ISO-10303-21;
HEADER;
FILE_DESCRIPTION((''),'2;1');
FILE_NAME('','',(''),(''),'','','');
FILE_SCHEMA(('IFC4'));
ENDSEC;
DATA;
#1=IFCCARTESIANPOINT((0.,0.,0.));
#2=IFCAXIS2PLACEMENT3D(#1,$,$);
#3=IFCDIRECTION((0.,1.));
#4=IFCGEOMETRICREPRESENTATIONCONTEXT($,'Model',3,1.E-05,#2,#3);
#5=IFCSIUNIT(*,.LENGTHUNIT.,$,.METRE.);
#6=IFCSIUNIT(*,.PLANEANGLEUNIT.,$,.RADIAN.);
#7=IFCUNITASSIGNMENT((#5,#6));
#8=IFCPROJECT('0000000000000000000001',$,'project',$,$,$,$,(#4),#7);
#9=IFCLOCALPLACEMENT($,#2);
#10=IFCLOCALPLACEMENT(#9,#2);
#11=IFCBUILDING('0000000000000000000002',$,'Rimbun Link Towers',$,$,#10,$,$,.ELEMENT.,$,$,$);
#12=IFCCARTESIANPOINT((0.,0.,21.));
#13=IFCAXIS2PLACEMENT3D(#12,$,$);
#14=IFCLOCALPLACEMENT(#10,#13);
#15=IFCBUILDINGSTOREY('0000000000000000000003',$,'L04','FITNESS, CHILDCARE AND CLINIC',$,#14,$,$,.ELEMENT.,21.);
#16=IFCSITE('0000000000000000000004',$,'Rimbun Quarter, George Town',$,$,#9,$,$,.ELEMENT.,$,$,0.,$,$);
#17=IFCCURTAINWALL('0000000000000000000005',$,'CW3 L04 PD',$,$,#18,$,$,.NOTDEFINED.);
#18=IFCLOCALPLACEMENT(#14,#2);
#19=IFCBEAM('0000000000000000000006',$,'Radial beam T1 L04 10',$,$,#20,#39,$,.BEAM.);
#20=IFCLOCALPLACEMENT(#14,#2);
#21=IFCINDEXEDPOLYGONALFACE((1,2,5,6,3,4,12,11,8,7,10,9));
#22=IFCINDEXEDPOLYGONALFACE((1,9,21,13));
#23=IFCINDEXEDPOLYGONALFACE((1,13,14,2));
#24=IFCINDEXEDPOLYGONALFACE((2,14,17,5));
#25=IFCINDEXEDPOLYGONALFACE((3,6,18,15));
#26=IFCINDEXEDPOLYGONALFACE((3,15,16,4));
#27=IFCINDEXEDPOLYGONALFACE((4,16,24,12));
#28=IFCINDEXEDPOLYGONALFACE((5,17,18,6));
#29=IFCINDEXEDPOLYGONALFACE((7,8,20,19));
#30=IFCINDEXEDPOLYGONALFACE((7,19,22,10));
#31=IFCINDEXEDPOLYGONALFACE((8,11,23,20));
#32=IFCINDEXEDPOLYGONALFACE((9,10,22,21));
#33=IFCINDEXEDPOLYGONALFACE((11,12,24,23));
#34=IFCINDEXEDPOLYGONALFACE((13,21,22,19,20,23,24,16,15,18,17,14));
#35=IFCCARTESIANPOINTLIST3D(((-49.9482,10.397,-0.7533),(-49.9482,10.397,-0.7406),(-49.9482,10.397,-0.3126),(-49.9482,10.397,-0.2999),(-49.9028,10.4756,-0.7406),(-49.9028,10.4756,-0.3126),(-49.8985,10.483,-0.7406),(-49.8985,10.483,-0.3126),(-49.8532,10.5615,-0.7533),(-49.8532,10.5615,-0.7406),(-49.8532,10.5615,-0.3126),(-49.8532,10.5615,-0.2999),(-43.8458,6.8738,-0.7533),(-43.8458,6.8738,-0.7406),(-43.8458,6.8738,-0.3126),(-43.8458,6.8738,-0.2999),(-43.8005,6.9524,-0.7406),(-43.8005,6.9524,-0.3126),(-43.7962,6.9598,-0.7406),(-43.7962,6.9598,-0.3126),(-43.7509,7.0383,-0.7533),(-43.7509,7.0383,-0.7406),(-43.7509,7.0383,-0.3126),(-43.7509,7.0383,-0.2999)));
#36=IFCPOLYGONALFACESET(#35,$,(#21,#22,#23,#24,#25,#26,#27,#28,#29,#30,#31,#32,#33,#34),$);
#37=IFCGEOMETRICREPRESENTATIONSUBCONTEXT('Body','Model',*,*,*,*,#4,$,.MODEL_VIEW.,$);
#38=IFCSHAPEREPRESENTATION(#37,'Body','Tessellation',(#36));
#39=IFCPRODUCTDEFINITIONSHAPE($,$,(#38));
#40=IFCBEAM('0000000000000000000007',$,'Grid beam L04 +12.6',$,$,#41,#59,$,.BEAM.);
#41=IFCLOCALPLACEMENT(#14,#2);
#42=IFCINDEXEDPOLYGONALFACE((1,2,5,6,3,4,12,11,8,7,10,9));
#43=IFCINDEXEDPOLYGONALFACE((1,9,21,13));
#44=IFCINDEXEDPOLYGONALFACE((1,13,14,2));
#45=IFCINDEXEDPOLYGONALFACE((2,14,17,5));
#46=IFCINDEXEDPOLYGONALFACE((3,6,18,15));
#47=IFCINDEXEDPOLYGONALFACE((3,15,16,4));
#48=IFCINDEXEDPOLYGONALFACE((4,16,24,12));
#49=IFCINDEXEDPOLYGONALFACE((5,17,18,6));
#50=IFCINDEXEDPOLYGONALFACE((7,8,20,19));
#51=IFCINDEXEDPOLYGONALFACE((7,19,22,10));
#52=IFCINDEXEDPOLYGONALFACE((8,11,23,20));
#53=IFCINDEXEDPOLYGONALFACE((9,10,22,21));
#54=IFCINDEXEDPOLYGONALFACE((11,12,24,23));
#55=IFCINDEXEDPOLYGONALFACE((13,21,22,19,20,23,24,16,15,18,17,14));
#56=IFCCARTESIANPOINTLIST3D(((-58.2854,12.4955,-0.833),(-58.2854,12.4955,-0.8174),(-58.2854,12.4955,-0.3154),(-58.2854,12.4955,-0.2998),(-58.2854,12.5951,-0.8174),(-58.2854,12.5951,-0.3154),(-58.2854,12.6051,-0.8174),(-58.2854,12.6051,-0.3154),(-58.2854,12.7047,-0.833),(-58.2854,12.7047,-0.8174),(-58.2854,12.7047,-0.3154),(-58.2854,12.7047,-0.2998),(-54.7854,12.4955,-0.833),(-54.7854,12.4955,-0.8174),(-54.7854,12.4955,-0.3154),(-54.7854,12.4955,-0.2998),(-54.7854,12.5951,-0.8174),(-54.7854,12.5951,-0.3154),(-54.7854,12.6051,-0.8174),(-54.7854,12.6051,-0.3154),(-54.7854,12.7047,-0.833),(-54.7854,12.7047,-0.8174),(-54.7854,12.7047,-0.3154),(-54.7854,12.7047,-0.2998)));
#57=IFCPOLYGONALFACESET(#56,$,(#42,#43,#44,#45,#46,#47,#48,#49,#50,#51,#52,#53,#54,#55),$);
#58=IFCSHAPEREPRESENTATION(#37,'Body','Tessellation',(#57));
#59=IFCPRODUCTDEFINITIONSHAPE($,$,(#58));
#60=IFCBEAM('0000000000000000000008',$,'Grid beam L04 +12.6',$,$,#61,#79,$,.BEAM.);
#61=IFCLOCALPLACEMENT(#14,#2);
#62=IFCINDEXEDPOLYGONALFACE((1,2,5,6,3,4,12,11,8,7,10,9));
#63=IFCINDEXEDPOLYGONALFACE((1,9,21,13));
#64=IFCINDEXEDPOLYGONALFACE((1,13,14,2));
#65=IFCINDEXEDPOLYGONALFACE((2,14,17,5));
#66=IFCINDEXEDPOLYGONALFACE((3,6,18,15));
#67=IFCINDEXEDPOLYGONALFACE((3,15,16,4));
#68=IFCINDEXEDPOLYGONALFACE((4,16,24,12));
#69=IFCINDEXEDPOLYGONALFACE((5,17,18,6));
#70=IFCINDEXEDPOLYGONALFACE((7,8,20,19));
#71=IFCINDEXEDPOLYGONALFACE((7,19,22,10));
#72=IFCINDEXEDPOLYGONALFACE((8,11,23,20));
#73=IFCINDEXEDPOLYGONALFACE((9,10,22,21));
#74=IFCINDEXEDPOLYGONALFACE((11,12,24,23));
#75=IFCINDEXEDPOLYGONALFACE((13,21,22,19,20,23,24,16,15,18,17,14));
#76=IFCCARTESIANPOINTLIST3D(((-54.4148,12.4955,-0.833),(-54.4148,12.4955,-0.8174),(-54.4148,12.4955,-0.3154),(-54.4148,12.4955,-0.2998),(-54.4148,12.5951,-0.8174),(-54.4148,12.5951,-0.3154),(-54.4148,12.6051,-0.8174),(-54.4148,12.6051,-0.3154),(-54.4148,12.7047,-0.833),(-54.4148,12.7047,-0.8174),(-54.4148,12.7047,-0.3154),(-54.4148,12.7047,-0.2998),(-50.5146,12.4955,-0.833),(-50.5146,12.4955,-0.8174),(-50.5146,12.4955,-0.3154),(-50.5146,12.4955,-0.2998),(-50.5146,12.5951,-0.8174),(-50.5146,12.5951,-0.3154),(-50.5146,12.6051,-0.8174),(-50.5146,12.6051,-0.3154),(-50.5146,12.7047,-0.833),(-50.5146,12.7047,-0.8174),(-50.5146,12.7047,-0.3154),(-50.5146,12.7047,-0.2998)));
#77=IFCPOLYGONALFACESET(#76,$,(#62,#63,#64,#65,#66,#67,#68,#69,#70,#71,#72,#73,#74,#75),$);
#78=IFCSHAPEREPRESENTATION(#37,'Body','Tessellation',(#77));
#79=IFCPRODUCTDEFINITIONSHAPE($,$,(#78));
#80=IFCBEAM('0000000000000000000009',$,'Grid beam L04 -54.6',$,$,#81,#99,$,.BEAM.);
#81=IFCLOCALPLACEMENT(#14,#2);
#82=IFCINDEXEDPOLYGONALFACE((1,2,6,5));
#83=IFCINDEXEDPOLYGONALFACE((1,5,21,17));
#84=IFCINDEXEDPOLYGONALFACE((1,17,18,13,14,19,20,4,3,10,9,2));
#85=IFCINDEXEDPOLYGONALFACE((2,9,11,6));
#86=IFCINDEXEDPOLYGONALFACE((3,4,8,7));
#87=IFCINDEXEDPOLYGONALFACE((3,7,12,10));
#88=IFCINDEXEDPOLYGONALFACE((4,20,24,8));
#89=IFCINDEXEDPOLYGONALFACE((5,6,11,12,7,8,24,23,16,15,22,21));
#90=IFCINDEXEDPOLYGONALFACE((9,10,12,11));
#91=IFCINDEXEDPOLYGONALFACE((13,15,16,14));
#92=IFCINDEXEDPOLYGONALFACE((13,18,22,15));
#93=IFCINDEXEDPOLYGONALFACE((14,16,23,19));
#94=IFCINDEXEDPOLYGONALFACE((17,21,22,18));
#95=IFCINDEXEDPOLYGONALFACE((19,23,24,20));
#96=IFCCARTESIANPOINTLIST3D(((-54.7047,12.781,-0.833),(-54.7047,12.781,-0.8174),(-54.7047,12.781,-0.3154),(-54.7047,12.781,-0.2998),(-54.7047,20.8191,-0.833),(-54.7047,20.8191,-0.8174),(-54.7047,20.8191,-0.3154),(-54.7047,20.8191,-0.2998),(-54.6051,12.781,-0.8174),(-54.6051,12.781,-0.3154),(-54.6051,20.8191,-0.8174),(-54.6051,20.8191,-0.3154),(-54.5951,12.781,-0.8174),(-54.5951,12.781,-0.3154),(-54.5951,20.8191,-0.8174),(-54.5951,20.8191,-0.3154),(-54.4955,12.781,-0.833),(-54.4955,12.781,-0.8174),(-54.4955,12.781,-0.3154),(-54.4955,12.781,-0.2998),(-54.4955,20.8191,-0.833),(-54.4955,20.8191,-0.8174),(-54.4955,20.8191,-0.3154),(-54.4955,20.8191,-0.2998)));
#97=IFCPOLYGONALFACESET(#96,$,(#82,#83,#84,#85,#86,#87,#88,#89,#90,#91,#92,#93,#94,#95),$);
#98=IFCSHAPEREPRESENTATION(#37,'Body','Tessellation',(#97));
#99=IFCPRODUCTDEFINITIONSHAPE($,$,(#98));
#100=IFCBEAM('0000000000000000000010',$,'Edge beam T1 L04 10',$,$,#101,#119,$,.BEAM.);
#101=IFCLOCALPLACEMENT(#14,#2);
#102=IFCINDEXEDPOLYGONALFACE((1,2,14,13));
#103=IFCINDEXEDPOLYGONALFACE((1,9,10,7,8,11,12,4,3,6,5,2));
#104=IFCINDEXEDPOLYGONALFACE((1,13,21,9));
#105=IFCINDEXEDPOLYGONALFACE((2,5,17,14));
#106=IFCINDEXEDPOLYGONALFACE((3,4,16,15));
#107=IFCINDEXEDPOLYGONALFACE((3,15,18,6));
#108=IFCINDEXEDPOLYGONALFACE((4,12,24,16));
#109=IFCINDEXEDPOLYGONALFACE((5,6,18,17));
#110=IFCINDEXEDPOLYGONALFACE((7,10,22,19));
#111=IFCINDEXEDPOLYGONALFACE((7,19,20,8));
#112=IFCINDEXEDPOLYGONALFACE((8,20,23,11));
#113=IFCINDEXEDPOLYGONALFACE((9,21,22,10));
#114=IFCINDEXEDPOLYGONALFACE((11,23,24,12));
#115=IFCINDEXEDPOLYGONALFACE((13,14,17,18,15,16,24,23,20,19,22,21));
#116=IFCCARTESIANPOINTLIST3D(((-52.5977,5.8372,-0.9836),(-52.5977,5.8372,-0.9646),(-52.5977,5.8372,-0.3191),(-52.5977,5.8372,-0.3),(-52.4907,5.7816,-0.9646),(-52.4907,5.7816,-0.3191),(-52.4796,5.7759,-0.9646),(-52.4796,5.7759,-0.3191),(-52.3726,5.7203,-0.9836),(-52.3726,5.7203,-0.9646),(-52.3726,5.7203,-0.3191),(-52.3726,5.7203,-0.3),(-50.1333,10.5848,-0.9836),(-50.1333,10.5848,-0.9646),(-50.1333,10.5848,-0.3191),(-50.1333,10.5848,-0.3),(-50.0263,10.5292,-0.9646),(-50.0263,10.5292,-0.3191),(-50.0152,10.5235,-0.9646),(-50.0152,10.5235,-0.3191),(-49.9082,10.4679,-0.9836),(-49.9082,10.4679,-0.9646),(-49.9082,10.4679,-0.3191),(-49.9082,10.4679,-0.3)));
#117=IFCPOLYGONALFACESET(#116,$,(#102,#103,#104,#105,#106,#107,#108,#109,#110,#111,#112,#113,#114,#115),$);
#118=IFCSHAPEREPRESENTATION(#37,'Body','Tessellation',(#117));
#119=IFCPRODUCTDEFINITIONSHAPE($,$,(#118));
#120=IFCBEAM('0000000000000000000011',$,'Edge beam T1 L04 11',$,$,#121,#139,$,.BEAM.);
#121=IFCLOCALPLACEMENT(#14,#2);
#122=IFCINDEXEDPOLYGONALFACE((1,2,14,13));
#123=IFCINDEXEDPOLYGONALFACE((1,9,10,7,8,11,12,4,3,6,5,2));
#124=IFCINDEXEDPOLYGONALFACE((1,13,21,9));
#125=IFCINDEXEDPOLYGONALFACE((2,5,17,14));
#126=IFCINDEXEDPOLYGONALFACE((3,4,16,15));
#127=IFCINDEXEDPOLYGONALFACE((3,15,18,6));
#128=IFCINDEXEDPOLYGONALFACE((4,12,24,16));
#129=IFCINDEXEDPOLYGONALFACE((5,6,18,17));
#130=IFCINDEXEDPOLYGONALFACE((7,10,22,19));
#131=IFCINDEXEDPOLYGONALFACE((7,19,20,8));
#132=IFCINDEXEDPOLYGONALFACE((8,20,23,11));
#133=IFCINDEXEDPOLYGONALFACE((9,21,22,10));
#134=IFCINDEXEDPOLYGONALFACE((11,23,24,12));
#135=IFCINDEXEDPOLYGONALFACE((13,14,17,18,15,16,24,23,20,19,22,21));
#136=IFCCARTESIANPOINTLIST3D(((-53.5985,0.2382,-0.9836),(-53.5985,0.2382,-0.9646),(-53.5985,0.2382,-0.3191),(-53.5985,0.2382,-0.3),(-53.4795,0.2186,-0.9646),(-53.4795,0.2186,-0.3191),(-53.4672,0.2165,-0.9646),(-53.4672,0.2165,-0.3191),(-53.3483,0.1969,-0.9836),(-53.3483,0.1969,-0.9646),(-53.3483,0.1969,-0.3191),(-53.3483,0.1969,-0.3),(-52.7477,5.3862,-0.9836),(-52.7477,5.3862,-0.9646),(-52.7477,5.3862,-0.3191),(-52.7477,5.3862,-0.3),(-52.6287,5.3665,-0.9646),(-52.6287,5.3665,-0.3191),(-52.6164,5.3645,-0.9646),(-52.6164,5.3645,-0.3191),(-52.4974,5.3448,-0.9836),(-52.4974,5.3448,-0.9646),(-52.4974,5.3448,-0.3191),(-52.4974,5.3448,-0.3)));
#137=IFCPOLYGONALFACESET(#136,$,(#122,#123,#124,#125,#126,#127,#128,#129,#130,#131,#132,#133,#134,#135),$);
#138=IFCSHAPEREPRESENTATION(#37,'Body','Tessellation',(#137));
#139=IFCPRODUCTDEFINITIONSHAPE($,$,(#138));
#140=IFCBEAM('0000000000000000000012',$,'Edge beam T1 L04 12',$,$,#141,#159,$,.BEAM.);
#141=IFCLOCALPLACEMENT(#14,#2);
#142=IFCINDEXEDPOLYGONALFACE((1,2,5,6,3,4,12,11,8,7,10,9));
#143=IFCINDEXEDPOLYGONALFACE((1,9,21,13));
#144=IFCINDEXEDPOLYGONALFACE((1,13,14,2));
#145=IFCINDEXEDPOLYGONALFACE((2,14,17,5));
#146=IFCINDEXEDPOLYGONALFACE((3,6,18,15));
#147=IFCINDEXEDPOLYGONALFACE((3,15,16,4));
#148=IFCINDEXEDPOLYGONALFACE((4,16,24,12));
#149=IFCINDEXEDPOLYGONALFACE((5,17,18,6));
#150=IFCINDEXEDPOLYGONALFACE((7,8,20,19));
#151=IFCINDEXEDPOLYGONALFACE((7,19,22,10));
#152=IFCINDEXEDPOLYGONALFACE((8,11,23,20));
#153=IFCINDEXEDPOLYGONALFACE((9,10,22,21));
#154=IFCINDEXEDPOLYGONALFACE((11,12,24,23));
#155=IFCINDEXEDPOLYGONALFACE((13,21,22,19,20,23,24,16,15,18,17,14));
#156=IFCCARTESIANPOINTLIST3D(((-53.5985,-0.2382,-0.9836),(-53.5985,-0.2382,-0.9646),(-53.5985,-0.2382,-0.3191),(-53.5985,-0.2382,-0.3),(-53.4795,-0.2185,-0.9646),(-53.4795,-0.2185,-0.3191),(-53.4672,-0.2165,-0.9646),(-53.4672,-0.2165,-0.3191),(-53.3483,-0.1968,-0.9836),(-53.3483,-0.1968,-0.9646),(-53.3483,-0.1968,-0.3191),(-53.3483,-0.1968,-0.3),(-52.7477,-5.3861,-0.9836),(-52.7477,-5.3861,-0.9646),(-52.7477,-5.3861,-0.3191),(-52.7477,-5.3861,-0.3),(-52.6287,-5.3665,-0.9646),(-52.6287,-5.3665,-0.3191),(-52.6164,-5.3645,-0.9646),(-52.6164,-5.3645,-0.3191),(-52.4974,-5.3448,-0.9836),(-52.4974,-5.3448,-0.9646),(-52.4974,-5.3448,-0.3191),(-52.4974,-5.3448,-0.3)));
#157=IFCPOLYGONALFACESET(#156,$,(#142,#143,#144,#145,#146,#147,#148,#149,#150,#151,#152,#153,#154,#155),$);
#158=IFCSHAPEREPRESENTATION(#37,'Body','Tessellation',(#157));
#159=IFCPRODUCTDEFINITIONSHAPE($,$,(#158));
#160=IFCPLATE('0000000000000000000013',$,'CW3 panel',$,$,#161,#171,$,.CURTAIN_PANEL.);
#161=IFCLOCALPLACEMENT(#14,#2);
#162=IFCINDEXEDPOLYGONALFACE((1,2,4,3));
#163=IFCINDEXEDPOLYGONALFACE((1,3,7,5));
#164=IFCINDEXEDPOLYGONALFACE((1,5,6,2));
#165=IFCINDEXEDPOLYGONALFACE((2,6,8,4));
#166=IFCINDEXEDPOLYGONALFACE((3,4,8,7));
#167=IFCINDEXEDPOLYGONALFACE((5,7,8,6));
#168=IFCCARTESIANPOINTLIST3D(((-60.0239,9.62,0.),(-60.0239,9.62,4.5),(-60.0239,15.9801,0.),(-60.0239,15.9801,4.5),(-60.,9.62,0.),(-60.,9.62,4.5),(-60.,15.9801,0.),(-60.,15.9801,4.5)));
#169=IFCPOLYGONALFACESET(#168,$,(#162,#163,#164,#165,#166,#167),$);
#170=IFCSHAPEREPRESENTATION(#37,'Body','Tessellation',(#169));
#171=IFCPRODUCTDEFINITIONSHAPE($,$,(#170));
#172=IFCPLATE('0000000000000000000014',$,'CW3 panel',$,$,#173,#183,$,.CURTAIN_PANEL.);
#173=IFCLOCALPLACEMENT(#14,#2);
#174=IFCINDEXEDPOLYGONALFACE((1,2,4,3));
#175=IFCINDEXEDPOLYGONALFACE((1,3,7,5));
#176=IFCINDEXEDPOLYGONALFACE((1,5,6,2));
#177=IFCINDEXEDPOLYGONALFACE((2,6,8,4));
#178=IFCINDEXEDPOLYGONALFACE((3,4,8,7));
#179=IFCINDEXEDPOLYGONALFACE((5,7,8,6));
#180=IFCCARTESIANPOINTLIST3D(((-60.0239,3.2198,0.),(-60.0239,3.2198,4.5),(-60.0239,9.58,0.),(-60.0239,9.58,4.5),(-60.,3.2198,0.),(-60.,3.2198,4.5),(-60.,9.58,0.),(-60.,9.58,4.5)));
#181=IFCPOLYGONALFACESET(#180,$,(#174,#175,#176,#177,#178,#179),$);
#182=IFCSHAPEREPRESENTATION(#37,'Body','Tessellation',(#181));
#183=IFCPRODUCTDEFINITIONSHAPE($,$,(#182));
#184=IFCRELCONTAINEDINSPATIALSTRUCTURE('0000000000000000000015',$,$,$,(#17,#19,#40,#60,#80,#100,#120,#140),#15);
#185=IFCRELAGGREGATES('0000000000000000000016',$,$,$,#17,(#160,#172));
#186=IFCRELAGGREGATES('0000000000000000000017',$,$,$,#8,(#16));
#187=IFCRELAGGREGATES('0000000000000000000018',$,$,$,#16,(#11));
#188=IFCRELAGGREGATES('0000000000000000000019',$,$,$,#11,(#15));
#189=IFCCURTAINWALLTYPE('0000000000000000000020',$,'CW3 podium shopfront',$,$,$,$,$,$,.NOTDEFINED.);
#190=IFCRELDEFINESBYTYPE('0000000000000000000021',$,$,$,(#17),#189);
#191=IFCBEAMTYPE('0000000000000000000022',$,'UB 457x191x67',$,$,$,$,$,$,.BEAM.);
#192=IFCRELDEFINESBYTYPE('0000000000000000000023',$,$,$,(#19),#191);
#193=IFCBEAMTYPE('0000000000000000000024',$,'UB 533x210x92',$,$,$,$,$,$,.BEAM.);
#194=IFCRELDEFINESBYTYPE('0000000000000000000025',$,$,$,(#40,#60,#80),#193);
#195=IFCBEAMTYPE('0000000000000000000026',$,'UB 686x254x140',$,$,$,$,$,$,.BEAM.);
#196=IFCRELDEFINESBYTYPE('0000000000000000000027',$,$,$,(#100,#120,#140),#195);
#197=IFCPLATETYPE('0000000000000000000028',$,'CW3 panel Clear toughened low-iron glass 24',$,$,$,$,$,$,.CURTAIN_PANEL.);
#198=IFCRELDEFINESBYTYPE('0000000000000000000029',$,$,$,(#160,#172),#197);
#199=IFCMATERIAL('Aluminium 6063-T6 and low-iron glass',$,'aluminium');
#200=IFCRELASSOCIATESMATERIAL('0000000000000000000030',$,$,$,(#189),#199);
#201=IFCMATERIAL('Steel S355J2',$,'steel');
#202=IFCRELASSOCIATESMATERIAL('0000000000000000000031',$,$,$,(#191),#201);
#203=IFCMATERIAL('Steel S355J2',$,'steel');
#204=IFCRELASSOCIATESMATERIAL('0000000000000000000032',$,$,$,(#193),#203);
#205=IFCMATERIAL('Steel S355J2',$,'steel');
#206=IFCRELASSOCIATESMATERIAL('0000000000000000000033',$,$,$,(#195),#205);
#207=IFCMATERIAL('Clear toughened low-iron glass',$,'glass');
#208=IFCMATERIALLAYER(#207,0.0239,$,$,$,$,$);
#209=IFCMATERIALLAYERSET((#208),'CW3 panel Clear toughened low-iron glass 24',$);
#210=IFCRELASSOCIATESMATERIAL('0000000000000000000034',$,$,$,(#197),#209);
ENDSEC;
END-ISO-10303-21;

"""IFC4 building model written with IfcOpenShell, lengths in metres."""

from ifc_helpers import new_model, si_unit, direction, frame, origin, origin_2d, place, context, subcontext, project, spatial, rectangle, i_section, extrude, material, layer, layer_set, material_profile, profile_set, type_object, element, aggregate, save


model = new_model("IFC4")

# Units and contexts
model_context = context("Model", 3, precision=1e-05, world=origin(), true_north=direction((0.0, 1.0)))
body_context = subcontext(model_context, "Body", "Model", "MODEL_VIEW")
ifc_project = project(units=[si_unit("LENGTHUNIT", "METRE"), si_unit("PLANEANGLEUNIT", "RADIAN")], contexts=[model_context])

# Site, building, storey
site_placement = place(None, origin())
site = spatial("IfcSite", under=ifc_project, at=site_placement, Name="Rimbun Quarter, George Town", CompositionType="ELEMENT", RefElevation=0.0)
building_placement = place(site_placement, origin())
building = spatial("IfcBuilding", under=site, at=building_placement, Name="Rimbun Link Towers", CompositionType="ELEMENT")
storey_placement = place(building_placement, frame((0.0, 0.0, 21.0)))
storey = spatial("IfcBuildingStorey", under=building, at=storey_placement, Name="L04", Description="FITNESS, CHILDCARE AND CLINIC", CompositionType="ELEMENT", Elevation=21.0)

# Curtain wall
ifc_material_1 = material(Name="Aluminium 6063-T6 and low-iron glass", Category="aluminium")
curtain_wall_type = type_object("IfcCurtainWallType", Name="CW3 podium shopfront", PredefinedType="NOTDEFINED", material=ifc_material_1)
curtain_wall_placement = place(storey_placement, origin())
curtain_wall = element("IfcCurtainWall", 1, at=curtain_wall_placement, inside=storey, type_object=curtain_wall_type, Name="CW3 L04 PD", PredefinedType="NOTDEFINED")

# Beams
ifc_material_2 = material(Name="Steel S355J2", Category="steel")
ifc_material_profile_1 = material_profile(ifc_material_2, i_section(OverallWidth=0.1899, OverallDepth=0.4534, WebThickness=0.0085, FlangeThickness=0.0127, at=origin_2d()), Name="UB 457x191x67")
ifc_profile_set_1 = profile_set([ifc_material_profile_1], Name="Steel S355J2")
beam_type_1 = type_object("IfcBeamType", Name="UB 457x191x67", PredefinedType="BEAM", material=ifc_profile_set_1)
beam_1_placement = place(storey_placement, frame((-43.7983, 6.9561, -0.5266), z_axis=(-0.866023, 0.500003, 0.0), x_axis=(-0.500003, -0.866023, 0.0)))
element("IfcBeam", 2, at=beam_1_placement, inside=storey, type_object=beam_type_1, Name="Radial beam T1 L04 10", PredefinedType="BEAM", context=body_context, shape_type="SweptSolid", body=[
    extrude(i_section(OverallWidth=0.1899, OverallDepth=0.4534, WebThickness=0.0085, FlangeThickness=0.0127, at=origin_2d()), origin(), (0.0, 0.0, 1.0), 7.0464),
])
ifc_material_3 = material(Name="Steel S355J2", Category="steel")
ifc_material_profile_2 = material_profile(ifc_material_3, i_section(OverallWidth=0.2092, OverallDepth=0.5332, WebThickness=0.01, FlangeThickness=0.0156, at=origin_2d()), Name="UB 533x210x92")
ifc_profile_set_2 = profile_set([ifc_material_profile_2], Name="Steel S355J2")
beam_type_2 = type_object("IfcBeamType", Name="UB 533x210x92", PredefinedType="BEAM", material=ifc_profile_set_2)
beam_2_placement = place(storey_placement, frame((-58.2854, 12.6001, -0.5664), z_axis=(1.0, 0.0, 0.0), x_axis=(0.0, 1.0, 0.0)))
element("IfcBeam", 3, at=beam_2_placement, inside=storey, type_object=beam_type_2, Name="Grid beam L04 +12.6", PredefinedType="BEAM", context=body_context, shape_type="SweptSolid", body=[
    extrude(i_section(OverallWidth=0.2092, OverallDepth=0.5332, WebThickness=0.01, FlangeThickness=0.0156, at=origin_2d()), origin(), (0.0, 0.0, 1.0), 3.5),
])
beam_3_placement = place(storey_placement, frame((-54.4148, 12.6001, -0.5664), z_axis=(1.0, 0.0, 0.0), x_axis=(0.0, 1.0, 0.0)))
element("IfcBeam", 4, at=beam_3_placement, inside=storey, type_object=beam_type_2, Name="Grid beam L04 +12.6", PredefinedType="BEAM", context=body_context, shape_type="SweptSolid", body=[
    extrude(i_section(OverallWidth=0.2092, OverallDepth=0.5332, WebThickness=0.01, FlangeThickness=0.0156, at=origin_2d()), origin(), (0.0, 0.0, 1.0), 3.9001),
])
beam_4_placement = place(storey_placement, frame((-54.6001, 12.781, -0.5664), z_axis=(0.0, 1.0, 0.0), x_axis=(-1.0, 0.0, 0.0)))
element("IfcBeam", 5, at=beam_4_placement, inside=storey, type_object=beam_type_2, Name="Grid beam L04 -54.6", PredefinedType="BEAM", context=body_context, shape_type="SweptSolid", body=[
    extrude(i_section(OverallWidth=0.2092, OverallDepth=0.5332, WebThickness=0.01, FlangeThickness=0.0156, at=origin_2d()), origin(), (0.0, 0.0, 1.0), 8.0381),
])
ifc_material_4 = material(Name="Steel S355J2", Category="steel")
ifc_material_profile_3 = material_profile(ifc_material_4, i_section(OverallWidth=0.2537, OverallDepth=0.6836, WebThickness=0.0125, FlangeThickness=0.019, at=origin_2d()), Name="UB 686x254x140")
ifc_profile_set_3 = profile_set([ifc_material_profile_3], Name="Steel S355J2")
beam_type_3 = type_object("IfcBeamType", Name="UB 686x254x140", PredefinedType="BEAM", material=ifc_profile_set_3)
beam_5_placement = place(storey_placement, frame((-50.0208, 10.5264, -0.6418), z_axis=(-0.460709, -0.887551, 0.0), x_axis=(0.887551, -0.460709, 0.0)))
element("IfcBeam", 6, at=beam_5_placement, inside=storey, type_object=beam_type_3, Name="Edge beam T1 L04 10", PredefinedType="BEAM", context=body_context, shape_type="SweptSolid", body=[
    extrude(i_section(OverallWidth=0.2537, OverallDepth=0.6836, WebThickness=0.0125, FlangeThickness=0.019, at=origin_2d()), origin(), (0.0, 0.0, 1.0), 5.3491),
])
for number, where, z_axis, x_axis, name in (
    (7, (-52.6226, 5.3655, -0.6418), (-0.163063, -0.986616, 0.0), (0.986616, -0.163063, 0.0), "Edge beam T1 L04 11"),
    (8, (-53.4734, -0.2175, -0.6418), (0.163063, -0.986616, 0.0), (0.986616, 0.163063, 0.0), "Edge beam T1 L04 12"),
):
    element("IfcBeam", number, at=place(storey_placement, frame(where, z_axis=z_axis, x_axis=x_axis)), inside=storey, type_object=beam_type_3, Name=name, PredefinedType="BEAM", context=body_context, shape_type="SweptSolid", body=[
        extrude(i_section(OverallWidth=0.2537, OverallDepth=0.6836, WebThickness=0.0125, FlangeThickness=0.019, at=origin_2d()), origin(), (0.0, 0.0, 1.0), 5.2178),
    ])

# Plates
ifc_material_5 = material(Name="Clear toughened low-iron glass", Category="glass")
ifc_layer_1 = layer(ifc_material_5, 0.0239)
ifc_layer_set_1 = layer_set([ifc_layer_1], Name="CW3 panel Clear toughened low-iron glass 24")
plate_type = type_object("IfcPlateType", Name="CW3 panel Clear toughened low-iron glass 24", PredefinedType="CURTAIN_PANEL", material=ifc_layer_set_1)
plate_1_placement = place(storey_placement, frame((-60.012, 12.8, 0.0), z_axis=(0.0, 0.0, 1.0), x_axis=(0.0, 1.0, 0.0)))
plate_1 = element("IfcPlate", 9, at=plate_1_placement, type_object=plate_type, Name="CW3 panel", PredefinedType="CURTAIN_PANEL", context=body_context, shape_type="SweptSolid", body=[
    extrude(rectangle(XDim=6.3601, YDim=0.0239, at=origin_2d()), origin(), (0.0, 0.0, 1.0), 4.5),
])
plate_2_placement = place(storey_placement, frame((-60.012, 6.3999, 0.0), z_axis=(0.0, 0.0, 1.0), x_axis=(0.0, 1.0, 0.0)))
plate_2 = element("IfcPlate", 10, at=plate_2_placement, type_object=plate_type, Name="CW3 panel", PredefinedType="CURTAIN_PANEL", context=body_context, shape_type="SweptSolid", body=[
    extrude(rectangle(XDim=6.3601, YDim=0.0239, at=origin_2d()), origin(), (0.0, 0.0, 1.0), 4.5),
])
aggregate(curtain_wall, [plate_1, plate_2])

save(model, "model.ifc")
